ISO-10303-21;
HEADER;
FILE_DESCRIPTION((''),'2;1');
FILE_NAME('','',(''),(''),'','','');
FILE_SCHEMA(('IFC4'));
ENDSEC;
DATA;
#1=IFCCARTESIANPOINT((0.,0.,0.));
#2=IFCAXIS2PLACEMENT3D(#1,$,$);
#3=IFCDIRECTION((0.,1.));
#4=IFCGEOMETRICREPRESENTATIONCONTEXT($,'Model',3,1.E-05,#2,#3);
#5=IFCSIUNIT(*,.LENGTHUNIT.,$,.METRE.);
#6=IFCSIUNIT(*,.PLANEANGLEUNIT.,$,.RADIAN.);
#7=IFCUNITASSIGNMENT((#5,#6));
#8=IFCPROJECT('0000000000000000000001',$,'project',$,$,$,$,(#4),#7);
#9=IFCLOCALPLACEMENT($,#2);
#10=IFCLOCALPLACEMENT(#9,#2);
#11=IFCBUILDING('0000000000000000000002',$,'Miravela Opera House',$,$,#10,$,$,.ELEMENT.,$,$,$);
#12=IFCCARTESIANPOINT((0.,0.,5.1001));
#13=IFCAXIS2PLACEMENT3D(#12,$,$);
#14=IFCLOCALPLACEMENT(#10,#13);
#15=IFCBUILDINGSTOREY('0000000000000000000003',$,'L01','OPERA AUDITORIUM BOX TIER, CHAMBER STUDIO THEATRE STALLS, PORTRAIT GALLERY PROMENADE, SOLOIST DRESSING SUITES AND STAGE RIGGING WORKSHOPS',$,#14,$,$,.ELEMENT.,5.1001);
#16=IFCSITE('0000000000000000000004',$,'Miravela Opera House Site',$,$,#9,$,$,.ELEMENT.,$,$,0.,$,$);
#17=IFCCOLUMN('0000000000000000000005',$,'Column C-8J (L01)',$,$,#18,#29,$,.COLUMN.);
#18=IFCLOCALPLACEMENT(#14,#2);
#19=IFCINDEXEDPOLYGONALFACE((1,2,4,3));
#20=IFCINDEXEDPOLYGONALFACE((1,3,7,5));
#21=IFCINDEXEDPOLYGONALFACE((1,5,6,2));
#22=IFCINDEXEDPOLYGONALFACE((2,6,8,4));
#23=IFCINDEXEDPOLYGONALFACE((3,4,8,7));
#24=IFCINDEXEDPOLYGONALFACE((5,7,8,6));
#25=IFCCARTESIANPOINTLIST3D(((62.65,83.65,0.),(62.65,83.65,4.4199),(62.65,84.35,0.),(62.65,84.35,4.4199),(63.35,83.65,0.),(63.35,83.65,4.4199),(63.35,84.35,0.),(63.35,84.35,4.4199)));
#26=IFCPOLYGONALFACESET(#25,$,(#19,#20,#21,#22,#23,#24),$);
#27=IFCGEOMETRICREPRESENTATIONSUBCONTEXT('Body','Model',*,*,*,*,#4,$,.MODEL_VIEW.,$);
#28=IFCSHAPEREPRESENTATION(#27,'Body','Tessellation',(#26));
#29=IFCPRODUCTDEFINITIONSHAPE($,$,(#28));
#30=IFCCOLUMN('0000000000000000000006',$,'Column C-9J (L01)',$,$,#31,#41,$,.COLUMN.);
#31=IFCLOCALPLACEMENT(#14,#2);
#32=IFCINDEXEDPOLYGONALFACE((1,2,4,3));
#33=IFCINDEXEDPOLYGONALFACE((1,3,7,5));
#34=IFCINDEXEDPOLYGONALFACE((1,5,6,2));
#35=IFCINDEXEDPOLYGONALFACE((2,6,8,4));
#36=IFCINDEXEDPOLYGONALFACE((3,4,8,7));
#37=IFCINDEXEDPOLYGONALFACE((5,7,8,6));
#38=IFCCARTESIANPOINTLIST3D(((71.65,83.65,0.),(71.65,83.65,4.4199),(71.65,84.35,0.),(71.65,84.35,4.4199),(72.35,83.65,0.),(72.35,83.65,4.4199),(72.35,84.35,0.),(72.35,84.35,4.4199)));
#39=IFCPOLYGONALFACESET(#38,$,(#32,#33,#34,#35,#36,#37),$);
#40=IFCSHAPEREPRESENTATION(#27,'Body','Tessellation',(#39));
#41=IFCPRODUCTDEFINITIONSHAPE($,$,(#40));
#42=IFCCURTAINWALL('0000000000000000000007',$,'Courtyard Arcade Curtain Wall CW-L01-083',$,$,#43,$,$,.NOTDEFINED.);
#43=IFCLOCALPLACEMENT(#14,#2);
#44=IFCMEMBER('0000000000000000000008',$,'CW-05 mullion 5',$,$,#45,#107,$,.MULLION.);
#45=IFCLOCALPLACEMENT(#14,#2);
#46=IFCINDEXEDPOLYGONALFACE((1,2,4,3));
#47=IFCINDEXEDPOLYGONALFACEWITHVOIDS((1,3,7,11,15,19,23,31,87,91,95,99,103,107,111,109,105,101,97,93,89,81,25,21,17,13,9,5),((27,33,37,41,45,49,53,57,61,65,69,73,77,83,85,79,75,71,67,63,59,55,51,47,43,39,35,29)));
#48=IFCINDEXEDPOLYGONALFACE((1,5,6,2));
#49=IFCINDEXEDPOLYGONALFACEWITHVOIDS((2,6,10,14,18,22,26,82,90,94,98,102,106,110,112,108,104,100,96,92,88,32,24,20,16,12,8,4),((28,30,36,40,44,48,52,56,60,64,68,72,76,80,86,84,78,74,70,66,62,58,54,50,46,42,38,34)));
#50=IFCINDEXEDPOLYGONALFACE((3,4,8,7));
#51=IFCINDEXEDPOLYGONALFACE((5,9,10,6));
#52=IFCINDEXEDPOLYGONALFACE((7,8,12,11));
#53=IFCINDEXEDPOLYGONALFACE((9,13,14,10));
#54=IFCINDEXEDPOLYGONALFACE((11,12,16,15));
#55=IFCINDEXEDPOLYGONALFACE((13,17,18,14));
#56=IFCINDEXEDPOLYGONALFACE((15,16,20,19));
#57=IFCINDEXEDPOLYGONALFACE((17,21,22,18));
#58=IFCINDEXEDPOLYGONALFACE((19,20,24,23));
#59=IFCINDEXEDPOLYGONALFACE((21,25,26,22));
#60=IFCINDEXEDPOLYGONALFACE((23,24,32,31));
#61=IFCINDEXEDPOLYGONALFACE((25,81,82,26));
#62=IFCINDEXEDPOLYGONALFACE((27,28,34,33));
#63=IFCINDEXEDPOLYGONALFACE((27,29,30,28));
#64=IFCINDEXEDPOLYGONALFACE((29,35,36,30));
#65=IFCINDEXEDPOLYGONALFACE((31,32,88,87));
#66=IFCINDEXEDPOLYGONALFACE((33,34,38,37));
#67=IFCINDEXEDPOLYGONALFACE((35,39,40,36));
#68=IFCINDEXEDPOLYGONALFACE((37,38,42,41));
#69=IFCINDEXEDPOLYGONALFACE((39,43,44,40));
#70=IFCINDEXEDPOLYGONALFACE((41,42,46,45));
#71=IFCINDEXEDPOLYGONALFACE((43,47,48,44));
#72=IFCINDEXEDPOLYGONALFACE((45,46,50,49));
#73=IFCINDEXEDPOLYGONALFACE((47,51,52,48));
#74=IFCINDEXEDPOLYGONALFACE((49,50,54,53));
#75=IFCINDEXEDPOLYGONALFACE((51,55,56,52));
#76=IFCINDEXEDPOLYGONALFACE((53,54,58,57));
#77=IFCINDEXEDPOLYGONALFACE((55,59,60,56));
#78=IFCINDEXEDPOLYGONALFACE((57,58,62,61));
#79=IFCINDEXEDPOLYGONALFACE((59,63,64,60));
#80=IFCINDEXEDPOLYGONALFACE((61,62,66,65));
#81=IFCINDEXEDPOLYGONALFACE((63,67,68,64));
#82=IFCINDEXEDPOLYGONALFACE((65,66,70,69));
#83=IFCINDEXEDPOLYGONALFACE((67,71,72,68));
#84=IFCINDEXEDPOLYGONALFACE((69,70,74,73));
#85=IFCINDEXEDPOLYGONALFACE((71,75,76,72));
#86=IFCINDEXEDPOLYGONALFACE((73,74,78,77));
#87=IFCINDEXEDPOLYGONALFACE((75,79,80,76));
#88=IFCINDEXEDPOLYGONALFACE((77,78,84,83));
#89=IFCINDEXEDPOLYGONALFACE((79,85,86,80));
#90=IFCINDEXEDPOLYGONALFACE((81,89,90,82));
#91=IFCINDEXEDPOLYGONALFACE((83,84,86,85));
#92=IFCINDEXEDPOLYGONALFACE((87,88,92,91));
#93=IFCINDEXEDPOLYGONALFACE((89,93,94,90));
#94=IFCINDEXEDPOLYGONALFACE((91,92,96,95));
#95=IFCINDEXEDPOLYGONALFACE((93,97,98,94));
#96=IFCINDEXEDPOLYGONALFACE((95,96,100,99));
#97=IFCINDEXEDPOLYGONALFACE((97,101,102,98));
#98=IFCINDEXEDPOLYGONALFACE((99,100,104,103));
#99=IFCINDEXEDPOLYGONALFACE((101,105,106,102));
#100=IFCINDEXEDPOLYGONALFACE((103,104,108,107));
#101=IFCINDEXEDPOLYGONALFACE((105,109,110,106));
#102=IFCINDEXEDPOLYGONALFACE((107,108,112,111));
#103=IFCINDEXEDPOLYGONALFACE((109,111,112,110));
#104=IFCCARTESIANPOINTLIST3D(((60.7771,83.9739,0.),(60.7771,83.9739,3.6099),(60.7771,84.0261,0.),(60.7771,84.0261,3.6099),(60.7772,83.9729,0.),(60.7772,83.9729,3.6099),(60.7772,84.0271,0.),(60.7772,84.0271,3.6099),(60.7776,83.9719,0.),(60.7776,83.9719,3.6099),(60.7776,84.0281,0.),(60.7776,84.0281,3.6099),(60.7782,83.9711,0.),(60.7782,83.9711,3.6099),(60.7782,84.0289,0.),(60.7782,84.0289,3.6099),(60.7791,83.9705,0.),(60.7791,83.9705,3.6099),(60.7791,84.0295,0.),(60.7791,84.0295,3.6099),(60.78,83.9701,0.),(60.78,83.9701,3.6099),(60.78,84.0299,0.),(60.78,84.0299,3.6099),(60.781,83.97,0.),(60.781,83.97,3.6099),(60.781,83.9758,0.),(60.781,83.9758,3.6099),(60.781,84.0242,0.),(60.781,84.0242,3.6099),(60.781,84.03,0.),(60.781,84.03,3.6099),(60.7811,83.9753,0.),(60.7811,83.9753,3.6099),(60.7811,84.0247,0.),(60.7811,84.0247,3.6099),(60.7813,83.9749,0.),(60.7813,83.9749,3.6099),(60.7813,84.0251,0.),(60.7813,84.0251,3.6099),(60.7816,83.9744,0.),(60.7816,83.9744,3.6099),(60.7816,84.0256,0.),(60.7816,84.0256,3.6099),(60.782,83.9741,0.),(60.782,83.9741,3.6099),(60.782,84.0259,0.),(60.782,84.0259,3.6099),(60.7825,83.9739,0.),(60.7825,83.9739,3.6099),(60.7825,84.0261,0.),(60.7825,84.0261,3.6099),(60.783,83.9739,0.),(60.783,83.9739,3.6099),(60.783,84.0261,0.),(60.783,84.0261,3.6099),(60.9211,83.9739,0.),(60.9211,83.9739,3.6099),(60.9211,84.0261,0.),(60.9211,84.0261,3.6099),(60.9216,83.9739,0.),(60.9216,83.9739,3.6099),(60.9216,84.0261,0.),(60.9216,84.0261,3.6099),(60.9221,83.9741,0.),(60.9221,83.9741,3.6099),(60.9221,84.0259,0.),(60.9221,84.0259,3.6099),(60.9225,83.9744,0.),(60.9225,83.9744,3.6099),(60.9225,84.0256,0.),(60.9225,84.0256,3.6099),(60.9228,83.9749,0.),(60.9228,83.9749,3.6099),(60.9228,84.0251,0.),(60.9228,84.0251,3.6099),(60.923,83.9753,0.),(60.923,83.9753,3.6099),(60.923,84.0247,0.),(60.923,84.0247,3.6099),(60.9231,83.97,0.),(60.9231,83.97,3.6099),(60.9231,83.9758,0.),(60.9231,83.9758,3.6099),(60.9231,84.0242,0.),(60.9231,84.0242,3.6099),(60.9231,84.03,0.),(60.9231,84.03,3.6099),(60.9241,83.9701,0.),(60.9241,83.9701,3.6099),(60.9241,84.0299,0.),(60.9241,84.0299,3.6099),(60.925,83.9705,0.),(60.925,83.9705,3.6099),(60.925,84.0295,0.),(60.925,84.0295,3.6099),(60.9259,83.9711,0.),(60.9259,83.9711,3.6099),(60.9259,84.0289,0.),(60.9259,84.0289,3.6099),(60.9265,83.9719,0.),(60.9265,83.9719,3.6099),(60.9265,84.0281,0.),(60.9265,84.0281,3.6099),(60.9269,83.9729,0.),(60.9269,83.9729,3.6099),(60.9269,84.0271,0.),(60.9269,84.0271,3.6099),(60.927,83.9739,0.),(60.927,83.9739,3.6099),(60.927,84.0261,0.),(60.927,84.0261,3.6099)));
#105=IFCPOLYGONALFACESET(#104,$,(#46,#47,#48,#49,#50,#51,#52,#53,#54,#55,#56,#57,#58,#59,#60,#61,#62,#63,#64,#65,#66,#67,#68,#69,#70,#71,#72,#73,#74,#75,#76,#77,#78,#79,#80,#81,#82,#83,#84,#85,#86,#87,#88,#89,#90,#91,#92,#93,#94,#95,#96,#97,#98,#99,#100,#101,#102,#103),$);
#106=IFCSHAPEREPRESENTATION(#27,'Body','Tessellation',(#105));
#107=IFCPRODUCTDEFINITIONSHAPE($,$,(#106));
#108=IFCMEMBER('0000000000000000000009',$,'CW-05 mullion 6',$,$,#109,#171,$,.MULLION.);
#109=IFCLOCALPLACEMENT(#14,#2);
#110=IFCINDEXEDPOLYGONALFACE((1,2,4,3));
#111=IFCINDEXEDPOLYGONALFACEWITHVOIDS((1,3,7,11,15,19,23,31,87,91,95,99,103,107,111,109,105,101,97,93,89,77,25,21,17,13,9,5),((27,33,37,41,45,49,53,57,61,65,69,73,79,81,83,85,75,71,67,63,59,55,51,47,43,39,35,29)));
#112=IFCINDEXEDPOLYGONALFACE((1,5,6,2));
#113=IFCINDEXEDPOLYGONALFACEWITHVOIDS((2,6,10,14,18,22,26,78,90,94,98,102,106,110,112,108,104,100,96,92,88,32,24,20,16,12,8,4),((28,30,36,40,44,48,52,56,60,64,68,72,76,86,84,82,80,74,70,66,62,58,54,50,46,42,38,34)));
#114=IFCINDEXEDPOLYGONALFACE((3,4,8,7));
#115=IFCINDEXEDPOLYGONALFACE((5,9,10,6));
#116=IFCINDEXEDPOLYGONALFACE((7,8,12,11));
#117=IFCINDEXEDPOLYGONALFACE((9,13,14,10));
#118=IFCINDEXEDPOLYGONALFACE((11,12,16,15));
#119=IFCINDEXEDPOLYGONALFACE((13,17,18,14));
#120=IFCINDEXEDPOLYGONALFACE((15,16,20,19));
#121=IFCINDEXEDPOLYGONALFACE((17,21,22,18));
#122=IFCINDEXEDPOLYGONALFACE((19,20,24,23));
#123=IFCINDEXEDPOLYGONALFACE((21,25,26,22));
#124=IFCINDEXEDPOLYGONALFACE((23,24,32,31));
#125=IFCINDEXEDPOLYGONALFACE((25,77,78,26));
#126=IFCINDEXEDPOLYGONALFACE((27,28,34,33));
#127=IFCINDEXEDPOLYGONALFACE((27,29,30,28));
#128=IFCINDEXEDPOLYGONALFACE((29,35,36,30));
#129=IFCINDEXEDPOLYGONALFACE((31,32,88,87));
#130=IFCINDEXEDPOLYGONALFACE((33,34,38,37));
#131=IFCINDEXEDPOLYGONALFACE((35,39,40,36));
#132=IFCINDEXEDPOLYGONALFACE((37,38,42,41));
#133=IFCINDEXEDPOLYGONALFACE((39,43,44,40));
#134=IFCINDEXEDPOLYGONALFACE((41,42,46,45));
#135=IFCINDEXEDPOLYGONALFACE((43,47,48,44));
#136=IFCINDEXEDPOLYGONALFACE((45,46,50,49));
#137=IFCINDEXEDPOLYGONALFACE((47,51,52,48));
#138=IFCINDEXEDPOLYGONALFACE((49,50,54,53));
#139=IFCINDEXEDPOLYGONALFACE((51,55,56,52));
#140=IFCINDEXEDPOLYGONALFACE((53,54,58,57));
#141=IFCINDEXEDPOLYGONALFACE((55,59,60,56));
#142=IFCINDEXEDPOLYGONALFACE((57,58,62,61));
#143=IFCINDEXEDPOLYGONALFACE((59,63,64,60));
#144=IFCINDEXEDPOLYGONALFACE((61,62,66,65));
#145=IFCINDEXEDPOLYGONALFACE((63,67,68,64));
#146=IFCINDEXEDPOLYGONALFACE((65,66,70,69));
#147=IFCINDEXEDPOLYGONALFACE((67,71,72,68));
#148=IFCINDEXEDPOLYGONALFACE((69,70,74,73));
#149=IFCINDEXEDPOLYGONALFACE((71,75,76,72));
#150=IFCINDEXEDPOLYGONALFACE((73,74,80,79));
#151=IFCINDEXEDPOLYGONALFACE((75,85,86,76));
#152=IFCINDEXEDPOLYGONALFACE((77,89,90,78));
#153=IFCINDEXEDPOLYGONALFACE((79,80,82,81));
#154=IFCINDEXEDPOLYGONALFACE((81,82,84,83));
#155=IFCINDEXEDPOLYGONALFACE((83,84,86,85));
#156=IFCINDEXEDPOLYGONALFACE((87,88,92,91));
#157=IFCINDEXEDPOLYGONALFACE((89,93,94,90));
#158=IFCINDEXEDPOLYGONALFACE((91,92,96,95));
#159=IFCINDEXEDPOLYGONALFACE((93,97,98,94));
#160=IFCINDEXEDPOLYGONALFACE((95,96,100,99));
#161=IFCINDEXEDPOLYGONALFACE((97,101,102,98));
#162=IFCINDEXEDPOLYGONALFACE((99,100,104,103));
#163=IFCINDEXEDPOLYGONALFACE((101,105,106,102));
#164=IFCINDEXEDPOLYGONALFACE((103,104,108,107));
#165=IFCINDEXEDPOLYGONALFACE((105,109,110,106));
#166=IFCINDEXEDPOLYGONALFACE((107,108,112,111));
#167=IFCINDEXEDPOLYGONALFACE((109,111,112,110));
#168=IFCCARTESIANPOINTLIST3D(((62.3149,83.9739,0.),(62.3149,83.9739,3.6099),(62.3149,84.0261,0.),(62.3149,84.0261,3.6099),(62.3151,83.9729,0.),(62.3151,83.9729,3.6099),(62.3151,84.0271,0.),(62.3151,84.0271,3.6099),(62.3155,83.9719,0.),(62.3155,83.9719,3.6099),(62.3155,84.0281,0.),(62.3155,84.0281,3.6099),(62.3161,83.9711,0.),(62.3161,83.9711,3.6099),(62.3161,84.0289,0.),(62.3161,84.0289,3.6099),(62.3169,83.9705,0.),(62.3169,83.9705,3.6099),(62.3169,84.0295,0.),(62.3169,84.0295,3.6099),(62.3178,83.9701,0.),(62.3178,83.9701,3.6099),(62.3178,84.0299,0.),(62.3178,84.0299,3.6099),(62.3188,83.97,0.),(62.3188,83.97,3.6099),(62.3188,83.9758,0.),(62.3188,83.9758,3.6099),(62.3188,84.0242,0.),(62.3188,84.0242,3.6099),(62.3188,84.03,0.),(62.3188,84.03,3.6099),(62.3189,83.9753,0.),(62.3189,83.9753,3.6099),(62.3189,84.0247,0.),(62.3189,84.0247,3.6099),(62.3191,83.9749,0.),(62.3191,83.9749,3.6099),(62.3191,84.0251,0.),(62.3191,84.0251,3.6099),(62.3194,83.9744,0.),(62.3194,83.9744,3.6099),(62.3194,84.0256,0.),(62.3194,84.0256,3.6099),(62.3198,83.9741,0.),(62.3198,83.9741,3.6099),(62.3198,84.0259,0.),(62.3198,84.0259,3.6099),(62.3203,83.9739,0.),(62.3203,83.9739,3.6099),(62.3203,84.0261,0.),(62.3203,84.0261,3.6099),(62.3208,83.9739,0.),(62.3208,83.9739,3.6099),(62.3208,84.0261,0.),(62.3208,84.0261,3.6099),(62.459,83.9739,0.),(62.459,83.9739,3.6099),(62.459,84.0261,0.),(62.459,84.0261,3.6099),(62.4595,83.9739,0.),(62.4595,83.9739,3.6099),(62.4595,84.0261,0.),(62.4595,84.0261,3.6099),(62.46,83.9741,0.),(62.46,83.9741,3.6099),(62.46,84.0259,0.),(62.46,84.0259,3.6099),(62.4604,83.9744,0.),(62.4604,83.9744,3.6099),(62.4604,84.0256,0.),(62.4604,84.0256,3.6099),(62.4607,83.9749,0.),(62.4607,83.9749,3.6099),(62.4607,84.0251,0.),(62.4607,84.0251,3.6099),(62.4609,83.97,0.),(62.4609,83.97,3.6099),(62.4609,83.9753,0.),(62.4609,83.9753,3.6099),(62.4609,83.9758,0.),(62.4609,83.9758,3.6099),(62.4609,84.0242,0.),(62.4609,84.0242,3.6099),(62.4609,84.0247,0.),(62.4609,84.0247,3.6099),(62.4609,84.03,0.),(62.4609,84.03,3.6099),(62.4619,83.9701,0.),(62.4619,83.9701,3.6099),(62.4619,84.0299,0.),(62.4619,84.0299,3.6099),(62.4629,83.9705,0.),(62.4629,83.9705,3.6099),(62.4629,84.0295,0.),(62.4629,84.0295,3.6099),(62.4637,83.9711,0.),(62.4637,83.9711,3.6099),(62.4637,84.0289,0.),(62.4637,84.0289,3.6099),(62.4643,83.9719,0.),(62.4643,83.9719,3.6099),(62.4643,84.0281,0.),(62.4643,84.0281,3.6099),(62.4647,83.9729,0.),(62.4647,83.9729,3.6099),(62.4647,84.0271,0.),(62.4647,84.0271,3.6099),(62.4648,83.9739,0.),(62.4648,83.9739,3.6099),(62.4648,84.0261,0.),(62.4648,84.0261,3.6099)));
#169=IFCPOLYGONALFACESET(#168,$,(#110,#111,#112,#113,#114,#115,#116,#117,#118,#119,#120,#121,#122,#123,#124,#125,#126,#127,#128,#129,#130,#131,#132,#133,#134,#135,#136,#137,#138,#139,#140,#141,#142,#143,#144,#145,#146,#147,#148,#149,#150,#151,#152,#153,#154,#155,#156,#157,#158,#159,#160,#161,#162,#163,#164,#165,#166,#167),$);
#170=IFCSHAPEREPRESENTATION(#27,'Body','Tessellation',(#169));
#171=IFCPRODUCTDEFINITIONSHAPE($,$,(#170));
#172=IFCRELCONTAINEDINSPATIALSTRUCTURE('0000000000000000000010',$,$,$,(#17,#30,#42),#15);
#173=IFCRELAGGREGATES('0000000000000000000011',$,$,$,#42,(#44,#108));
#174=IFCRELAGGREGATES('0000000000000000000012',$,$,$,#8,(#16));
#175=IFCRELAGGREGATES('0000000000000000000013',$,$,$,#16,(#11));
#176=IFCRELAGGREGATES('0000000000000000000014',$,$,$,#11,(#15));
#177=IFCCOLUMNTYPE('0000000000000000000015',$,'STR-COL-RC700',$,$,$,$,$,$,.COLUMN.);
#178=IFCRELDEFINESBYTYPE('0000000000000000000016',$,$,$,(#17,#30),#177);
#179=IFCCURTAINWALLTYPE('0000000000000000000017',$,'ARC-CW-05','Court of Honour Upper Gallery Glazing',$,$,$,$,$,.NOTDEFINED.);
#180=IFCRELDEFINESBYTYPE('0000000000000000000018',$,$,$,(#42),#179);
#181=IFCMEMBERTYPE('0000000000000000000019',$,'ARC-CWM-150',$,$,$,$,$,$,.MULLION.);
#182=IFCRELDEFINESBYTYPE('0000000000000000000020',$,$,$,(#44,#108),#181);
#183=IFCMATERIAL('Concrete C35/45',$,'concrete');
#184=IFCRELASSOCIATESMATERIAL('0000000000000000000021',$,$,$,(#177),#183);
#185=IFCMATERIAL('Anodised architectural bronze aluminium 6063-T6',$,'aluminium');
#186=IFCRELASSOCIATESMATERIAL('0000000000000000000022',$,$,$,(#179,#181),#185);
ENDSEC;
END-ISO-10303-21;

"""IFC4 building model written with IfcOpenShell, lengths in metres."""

from ifc_helpers import new_model, si_unit, direction, frame, origin, origin_2d, place, context, subcontext, project, spatial, rectangle, hollow_rectangle, extrude, material, material_profile, profile_set, type_object, element, aggregate, save


model = new_model("IFC4")

# Units and contexts
model_context = context("Model", 3, precision=1e-05, world=origin(), true_north=direction((0.0, 1.0)))
body_context = subcontext(model_context, "Body", "Model", "MODEL_VIEW")
ifc_project = project(units=[si_unit("LENGTHUNIT", "METRE"), si_unit("PLANEANGLEUNIT", "RADIAN")], contexts=[model_context])

# Site, building, storey
site_placement = place(None, origin())
site = spatial("IfcSite", under=ifc_project, at=site_placement, Name="Miravela Opera House Site", CompositionType="ELEMENT", RefElevation=0.0)
building_placement = place(site_placement, origin())
building = spatial("IfcBuilding", under=site, at=building_placement, Name="Miravela Opera House", CompositionType="ELEMENT")
storey_placement = place(building_placement, frame((0.0, 0.0, 5.1001)))
storey = spatial("IfcBuildingStorey", under=building, at=storey_placement, Name="L01", Description="OPERA AUDITORIUM BOX TIER, CHAMBER STUDIO THEATRE STALLS, PORTRAIT GALLERY PROMENADE, SOLOIST DRESSING SUITES AND STAGE RIGGING WORKSHOPS", CompositionType="ELEMENT", Elevation=5.1001)

# Columns
ifc_material_1 = material(Name="Concrete C35/45", Category="concrete")
ifc_material_profile_1 = material_profile(ifc_material_1, rectangle(XDim=0.7, YDim=0.7, at=origin_2d()), Name="RC-COL-700X700")
ifc_profile_set_1 = profile_set([ifc_material_profile_1])
column_type = type_object("IfcColumnType", Name="STR-COL-RC700", PredefinedType="COLUMN", material=ifc_profile_set_1)
for number, where, z_axis, x_axis, name in (
    (1, (63.0, 84.0, 0.0), (0.0, 0.0, 1.0), (1.0, 0.0, 0.0), "Column C-8J (L01)"),
    (2, (72.0, 84.0, 0.0), (0.0, 0.0, 1.0), (1.0, 0.0, 0.0), "Column C-9J (L01)"),
):
    element("IfcColumn", number, at=place(storey_placement, frame(where, z_axis=z_axis, x_axis=x_axis)), inside=storey, type_object=column_type, Name=name, PredefinedType="COLUMN", context=body_context, shape_type="SweptSolid", body=[
        extrude(rectangle(XDim=0.7, YDim=0.7, at=origin_2d()), origin(), (0.0, 0.0, 1.0), 4.4199),
    ])

# Curtain wall, members
ifc_material_2 = material(Name="Anodised architectural bronze aluminium 6063-T6", Category="aluminium")
curtain_wall_type = type_object("IfcCurtainWallType", Name="ARC-CW-05", Description="Court of Honour Upper Gallery Glazing", PredefinedType="NOTDEFINED", material=ifc_material_2)
curtain_wall_1_placement = place(storey_placement, origin())
curtain_wall_1 = element("IfcCurtainWall", 3, at=curtain_wall_1_placement, inside=storey, type_object=curtain_wall_type, Name="Courtyard Arcade Curtain Wall CW-L01-083", PredefinedType="NOTDEFINED")
ifc_material_profile_2 = material_profile(ifc_material_2, hollow_rectangle(XDim=0.0601, YDim=0.1499, WallThickness=0.0039, InnerFilletRadius=0.002, OuterFilletRadius=0.0039, at=origin_2d()), Name="CWM-60X150")
ifc_profile_set_2 = profile_set([ifc_material_profile_2])
member_type_1 = type_object("IfcMemberType", Name="ARC-CWM-150", PredefinedType="MULLION", material=ifc_profile_set_2)
member_1_placement = place(storey_placement, frame((60.8521, 84.0, 0.0), z_axis=(0.0, 0.0, 1.0), x_axis=(0.0, 1.0, 0.0)))
member_1 = element("IfcMember", 4, at=member_1_placement, type_object=member_type_1, Name="CW-05 mullion 5", PredefinedType="MULLION", context=body_context, shape_type="SweptSolid", body=[
    extrude(hollow_rectangle(XDim=0.0601, YDim=0.1499, WallThickness=0.0039, InnerFilletRadius=0.002, OuterFilletRadius=0.0039, at=origin_2d()), origin(), (0.0, 0.0, 1.0), 3.6099),
])
member_2_placement = place(storey_placement, frame((62.3899, 84.0, 0.0), z_axis=(0.0, 0.0, 1.0), x_axis=(0.0, 1.0, 0.0)))
member_2 = element("IfcMember", 5, at=member_2_placement, type_object=member_type_1, Name="CW-05 mullion 6", PredefinedType="MULLION", context=body_context, shape_type="SweptSolid", body=[
    extrude(hollow_rectangle(XDim=0.0601, YDim=0.1499, WallThickness=0.0039, InnerFilletRadius=0.002, OuterFilletRadius=0.0039, at=origin_2d()), origin(), (0.0, 0.0, 1.0), 3.6099),
])

aggregate(curtain_wall_1, [member_1, member_2])

save(model, "model.ifc")
